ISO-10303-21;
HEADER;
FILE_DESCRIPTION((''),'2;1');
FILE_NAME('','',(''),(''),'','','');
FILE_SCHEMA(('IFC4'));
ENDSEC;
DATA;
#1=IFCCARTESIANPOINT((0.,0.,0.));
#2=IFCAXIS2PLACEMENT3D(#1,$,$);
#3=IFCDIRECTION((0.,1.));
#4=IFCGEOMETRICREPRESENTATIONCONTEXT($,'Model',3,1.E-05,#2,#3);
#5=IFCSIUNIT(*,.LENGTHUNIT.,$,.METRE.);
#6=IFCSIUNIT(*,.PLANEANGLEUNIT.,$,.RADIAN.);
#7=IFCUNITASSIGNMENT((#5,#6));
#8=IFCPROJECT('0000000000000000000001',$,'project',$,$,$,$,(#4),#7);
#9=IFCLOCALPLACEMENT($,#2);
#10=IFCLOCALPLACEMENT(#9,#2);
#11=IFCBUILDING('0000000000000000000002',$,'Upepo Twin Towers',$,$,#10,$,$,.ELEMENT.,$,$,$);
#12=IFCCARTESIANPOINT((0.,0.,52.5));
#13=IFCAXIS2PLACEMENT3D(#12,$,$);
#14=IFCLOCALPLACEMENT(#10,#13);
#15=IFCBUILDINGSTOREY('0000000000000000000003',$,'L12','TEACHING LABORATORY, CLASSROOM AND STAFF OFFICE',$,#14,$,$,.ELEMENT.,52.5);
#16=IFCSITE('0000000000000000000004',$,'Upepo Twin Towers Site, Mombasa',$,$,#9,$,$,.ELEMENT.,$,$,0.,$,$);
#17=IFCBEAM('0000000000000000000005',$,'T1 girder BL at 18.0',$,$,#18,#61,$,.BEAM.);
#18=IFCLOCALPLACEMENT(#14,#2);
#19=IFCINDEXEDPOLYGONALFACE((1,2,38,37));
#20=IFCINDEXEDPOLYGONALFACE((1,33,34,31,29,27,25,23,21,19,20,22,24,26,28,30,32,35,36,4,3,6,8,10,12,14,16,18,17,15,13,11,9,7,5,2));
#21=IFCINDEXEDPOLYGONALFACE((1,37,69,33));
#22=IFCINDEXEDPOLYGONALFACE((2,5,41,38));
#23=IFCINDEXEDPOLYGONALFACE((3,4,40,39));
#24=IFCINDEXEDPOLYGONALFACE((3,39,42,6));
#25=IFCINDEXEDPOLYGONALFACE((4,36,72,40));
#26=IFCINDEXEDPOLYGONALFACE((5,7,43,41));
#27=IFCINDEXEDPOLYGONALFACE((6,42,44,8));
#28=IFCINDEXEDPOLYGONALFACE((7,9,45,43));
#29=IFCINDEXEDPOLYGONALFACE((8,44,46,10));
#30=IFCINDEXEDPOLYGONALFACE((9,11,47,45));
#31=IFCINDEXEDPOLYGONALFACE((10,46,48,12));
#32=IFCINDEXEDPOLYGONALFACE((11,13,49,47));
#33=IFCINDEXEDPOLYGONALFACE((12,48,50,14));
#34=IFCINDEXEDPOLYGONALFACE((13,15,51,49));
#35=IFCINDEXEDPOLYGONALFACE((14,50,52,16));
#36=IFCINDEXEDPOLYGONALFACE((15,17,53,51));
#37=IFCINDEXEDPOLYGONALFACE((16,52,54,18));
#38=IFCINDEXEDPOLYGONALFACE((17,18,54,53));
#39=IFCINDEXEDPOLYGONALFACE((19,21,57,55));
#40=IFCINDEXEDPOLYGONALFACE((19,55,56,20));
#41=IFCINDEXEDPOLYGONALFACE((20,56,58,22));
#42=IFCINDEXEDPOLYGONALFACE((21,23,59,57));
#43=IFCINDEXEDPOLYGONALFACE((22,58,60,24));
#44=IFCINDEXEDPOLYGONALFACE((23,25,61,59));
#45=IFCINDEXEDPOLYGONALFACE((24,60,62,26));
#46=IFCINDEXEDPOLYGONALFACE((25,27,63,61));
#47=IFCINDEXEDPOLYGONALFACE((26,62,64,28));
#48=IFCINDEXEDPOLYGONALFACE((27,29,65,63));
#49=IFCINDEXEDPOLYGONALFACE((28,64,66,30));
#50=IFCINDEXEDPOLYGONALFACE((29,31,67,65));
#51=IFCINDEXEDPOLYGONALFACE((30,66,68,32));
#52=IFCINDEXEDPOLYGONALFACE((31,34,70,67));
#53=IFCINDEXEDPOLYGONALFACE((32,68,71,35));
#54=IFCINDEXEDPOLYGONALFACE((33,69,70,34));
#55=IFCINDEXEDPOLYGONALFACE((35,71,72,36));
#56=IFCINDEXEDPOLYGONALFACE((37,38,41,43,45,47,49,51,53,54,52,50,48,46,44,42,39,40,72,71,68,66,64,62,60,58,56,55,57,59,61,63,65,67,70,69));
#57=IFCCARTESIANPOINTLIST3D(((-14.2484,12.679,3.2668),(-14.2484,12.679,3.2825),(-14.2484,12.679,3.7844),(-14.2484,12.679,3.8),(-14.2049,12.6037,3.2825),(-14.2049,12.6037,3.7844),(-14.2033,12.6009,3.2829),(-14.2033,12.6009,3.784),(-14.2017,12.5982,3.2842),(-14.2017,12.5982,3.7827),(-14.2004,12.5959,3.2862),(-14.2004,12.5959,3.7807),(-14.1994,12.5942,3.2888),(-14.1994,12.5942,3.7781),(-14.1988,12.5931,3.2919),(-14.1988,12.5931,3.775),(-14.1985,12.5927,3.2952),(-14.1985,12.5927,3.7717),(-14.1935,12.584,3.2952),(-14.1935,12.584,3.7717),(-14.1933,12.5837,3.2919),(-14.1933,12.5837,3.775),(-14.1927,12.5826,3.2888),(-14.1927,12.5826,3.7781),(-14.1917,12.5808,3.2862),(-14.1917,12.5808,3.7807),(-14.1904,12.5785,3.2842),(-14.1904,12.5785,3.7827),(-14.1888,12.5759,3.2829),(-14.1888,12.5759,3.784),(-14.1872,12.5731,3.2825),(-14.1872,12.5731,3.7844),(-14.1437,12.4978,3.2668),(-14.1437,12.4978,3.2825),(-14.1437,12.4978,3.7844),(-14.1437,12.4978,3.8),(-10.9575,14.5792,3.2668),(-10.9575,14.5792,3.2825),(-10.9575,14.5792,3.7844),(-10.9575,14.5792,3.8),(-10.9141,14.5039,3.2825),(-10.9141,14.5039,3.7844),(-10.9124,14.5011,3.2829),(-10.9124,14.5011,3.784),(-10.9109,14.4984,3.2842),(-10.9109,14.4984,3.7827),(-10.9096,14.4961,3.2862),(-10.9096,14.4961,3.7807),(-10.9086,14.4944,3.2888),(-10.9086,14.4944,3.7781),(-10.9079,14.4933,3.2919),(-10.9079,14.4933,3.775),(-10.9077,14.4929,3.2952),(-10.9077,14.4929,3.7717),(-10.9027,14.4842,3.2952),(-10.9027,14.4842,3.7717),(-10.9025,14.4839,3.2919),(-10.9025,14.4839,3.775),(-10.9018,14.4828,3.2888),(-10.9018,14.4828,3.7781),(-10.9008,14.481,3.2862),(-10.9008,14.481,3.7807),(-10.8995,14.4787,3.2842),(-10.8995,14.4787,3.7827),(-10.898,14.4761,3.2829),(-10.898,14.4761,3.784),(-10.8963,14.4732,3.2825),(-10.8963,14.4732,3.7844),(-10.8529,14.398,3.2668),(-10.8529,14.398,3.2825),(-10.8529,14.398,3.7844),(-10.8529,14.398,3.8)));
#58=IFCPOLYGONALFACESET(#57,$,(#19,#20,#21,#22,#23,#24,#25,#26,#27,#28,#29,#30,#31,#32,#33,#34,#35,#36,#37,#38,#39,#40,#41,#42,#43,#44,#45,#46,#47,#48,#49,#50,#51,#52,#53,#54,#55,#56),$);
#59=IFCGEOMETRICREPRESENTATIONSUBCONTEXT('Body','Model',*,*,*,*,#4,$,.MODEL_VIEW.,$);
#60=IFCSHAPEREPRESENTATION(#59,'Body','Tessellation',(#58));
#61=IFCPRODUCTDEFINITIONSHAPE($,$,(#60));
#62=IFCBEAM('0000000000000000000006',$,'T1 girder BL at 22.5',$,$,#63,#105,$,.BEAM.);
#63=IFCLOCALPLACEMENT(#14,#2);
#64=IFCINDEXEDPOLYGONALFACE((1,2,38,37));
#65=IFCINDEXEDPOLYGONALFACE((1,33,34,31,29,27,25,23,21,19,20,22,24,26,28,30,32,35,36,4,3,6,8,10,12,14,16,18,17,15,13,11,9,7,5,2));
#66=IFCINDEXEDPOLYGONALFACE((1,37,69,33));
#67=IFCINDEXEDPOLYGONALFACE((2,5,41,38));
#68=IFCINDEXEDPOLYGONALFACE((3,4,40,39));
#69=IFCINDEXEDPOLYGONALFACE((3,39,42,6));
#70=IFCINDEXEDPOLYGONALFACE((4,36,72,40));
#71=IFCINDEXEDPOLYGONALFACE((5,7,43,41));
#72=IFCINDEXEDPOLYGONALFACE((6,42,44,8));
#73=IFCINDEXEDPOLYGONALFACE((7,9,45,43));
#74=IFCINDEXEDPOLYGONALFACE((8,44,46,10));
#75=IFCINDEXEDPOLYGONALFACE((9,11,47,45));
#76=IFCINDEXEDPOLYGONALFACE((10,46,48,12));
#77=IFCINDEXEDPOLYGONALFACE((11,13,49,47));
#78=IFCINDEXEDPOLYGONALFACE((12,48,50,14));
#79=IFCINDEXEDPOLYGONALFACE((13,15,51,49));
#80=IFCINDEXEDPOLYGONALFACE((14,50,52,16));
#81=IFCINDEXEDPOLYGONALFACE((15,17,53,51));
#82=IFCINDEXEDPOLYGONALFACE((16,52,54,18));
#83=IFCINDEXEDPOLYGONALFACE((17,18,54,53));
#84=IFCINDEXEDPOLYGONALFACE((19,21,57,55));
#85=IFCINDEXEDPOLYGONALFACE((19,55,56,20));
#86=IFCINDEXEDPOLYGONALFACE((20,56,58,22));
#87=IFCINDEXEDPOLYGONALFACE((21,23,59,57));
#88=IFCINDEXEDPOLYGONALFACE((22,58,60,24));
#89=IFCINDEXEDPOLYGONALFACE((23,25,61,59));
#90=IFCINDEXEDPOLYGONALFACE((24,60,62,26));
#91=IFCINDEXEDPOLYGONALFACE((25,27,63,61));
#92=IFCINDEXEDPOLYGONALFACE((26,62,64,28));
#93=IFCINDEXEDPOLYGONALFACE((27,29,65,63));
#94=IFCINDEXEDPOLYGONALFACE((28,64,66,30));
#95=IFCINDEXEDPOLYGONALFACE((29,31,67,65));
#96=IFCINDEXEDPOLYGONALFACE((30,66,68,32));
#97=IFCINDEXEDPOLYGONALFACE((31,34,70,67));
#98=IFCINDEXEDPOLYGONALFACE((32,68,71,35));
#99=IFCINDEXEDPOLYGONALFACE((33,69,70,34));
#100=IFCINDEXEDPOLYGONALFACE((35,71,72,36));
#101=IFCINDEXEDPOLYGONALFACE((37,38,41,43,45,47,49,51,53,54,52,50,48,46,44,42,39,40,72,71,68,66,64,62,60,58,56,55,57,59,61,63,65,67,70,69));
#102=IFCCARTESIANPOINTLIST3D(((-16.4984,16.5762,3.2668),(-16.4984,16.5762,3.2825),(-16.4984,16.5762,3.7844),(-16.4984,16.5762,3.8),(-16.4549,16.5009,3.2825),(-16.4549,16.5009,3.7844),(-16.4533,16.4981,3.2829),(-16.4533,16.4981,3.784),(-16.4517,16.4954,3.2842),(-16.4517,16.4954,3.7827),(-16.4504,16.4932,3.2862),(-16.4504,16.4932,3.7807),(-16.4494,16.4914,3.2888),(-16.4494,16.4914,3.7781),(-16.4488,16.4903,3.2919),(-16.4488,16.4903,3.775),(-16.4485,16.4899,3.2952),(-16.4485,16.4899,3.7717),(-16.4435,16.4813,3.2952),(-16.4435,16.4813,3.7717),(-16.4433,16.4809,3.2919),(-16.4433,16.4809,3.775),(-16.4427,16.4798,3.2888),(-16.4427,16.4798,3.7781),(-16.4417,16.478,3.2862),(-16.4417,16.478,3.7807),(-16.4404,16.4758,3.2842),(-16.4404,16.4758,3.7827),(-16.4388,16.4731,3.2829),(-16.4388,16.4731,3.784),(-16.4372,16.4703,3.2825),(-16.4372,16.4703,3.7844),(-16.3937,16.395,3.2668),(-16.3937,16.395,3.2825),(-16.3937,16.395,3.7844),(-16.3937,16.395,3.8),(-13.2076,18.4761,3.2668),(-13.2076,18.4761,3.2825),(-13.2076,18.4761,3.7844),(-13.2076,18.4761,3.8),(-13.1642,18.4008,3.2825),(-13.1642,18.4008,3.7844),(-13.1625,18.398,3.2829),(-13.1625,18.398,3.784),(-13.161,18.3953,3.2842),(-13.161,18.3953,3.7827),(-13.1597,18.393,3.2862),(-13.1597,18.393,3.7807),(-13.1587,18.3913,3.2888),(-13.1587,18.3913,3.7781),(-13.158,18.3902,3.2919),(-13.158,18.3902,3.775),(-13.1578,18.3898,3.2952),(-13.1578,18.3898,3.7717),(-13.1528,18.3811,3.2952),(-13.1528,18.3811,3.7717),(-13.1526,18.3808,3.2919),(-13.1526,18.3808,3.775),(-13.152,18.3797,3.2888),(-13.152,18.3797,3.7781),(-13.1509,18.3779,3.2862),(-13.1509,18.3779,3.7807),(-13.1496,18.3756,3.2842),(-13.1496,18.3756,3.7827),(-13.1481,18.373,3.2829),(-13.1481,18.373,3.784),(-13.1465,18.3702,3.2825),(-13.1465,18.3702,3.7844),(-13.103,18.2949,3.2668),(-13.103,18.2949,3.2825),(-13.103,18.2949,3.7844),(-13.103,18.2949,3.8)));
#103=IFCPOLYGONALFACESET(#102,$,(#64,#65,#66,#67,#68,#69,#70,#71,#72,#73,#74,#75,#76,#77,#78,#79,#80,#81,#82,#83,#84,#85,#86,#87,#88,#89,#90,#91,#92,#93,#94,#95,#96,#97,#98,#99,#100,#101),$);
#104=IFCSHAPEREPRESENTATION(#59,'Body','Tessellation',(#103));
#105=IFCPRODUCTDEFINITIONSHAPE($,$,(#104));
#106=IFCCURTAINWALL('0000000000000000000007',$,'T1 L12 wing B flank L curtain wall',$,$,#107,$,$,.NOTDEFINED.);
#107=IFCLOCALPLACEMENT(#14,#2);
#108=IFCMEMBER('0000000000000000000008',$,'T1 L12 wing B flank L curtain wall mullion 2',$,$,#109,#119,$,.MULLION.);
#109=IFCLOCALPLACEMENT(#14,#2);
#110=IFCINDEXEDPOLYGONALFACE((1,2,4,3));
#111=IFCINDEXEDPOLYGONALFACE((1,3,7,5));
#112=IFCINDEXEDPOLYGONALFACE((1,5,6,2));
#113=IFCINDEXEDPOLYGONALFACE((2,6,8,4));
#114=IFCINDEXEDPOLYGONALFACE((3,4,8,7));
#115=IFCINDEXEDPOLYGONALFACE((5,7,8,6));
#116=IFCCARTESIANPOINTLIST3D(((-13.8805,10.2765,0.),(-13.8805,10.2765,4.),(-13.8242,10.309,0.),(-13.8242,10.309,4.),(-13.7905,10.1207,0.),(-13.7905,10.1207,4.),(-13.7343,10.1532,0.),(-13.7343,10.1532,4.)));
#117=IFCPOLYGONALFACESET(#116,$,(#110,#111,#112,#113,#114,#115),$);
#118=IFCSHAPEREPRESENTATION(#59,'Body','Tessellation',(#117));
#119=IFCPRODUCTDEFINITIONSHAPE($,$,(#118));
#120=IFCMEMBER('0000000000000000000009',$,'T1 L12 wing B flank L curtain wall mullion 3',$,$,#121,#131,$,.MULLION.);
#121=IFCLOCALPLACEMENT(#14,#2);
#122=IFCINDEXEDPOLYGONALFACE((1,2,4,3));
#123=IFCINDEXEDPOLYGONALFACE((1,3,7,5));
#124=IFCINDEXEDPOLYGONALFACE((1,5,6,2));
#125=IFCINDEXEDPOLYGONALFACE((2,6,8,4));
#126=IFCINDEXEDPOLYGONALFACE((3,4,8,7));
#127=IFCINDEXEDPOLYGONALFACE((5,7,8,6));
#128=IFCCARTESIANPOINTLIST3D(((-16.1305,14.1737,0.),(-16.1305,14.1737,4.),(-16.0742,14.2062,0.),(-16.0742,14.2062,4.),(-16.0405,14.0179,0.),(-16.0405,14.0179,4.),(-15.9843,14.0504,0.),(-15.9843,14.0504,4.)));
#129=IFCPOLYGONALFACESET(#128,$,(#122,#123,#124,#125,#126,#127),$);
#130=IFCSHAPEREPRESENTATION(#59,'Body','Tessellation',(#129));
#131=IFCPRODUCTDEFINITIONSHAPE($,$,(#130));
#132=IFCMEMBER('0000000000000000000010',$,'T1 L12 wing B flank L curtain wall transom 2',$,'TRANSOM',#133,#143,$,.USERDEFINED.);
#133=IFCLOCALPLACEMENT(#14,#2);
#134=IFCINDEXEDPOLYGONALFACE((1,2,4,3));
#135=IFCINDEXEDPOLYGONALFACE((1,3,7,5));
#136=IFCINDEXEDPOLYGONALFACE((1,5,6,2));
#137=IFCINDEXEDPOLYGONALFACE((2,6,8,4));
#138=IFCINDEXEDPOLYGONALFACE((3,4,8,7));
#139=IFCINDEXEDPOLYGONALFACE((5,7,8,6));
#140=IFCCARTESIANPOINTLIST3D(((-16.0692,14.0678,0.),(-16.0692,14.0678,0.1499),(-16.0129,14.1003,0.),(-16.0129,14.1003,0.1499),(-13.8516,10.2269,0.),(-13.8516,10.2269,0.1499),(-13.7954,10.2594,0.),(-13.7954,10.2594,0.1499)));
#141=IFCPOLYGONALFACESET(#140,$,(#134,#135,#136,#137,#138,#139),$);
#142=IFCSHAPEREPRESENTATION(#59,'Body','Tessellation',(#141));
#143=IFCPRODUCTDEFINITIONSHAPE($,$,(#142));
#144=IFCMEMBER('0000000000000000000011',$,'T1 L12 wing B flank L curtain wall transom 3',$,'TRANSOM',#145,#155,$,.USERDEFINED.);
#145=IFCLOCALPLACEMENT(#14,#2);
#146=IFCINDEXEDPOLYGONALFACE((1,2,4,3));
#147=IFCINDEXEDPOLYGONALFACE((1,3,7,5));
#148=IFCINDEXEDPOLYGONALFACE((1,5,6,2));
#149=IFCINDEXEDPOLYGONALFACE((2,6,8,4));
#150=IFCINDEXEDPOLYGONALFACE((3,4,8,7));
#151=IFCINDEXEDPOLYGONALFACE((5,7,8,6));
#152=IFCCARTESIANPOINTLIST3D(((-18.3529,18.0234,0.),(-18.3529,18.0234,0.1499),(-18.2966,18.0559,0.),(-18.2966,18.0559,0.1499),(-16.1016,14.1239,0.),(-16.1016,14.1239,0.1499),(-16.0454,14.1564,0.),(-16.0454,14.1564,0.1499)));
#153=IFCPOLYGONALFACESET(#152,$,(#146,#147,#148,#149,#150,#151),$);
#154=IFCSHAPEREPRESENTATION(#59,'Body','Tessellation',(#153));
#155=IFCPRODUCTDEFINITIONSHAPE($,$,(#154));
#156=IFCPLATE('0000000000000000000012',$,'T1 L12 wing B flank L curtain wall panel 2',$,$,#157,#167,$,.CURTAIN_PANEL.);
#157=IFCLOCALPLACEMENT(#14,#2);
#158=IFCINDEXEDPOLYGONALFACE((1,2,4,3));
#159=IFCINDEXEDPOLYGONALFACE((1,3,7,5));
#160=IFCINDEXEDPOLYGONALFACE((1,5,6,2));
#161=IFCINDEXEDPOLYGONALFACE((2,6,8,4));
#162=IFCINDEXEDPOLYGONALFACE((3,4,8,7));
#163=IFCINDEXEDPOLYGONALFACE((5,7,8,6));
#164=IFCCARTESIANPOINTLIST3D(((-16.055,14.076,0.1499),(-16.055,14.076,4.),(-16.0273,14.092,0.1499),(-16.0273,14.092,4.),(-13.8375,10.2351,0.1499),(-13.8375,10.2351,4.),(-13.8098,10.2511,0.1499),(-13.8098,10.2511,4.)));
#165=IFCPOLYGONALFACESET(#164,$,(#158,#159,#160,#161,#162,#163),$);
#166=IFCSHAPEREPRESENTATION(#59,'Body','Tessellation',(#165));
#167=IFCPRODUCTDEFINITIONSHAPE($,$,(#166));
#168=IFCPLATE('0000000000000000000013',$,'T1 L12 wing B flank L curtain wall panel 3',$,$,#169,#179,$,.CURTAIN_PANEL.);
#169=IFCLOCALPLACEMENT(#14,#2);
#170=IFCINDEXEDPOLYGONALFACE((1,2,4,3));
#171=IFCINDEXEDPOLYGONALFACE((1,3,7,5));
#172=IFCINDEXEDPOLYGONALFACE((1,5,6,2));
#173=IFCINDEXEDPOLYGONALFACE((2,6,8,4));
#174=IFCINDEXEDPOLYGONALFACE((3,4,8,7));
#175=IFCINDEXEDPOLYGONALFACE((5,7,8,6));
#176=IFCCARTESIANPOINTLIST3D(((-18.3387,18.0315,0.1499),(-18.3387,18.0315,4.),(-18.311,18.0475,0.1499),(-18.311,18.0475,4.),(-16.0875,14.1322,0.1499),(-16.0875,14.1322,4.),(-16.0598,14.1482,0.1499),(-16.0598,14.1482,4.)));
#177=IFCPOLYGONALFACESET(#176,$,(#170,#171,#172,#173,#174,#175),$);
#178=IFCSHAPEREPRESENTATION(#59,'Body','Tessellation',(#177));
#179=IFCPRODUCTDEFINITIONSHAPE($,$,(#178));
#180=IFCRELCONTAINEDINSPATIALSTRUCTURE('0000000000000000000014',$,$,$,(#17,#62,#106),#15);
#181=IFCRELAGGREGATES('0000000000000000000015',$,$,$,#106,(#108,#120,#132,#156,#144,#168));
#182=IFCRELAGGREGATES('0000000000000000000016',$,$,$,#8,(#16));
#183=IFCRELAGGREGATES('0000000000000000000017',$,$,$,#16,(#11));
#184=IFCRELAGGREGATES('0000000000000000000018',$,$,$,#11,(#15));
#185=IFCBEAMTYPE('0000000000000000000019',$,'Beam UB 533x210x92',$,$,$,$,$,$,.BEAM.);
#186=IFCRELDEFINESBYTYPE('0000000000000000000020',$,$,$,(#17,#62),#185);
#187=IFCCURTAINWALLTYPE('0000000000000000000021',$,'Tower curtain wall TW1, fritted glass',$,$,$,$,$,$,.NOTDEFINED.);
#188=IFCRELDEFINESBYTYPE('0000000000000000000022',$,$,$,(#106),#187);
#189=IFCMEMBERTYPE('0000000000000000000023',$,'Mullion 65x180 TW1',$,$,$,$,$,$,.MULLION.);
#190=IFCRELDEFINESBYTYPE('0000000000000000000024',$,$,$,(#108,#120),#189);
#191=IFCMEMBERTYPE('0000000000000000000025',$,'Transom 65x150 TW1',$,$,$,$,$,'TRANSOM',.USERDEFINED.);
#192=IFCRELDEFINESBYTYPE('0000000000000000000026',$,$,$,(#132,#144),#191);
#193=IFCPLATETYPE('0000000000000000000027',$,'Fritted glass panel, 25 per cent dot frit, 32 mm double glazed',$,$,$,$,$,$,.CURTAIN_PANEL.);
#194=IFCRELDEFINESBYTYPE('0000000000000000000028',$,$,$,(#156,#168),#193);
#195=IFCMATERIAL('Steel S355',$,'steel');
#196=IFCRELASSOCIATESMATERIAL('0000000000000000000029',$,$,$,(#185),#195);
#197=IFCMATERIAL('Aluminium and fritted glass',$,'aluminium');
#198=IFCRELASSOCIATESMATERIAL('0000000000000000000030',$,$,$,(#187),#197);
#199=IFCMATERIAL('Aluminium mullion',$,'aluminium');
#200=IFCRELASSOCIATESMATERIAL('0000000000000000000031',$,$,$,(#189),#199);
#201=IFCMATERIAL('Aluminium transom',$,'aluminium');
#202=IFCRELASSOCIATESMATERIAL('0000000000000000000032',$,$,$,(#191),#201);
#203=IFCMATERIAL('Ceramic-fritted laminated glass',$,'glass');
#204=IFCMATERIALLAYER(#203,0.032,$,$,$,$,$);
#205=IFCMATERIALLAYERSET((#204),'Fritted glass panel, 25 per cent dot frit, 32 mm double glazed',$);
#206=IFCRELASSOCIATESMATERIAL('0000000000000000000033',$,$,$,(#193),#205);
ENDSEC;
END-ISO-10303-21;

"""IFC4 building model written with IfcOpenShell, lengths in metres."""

from ifc_helpers import new_model, si_unit, direction, frame, origin, origin_2d, place, context, subcontext, project, spatial, rectangle, i_section, extrude, material, layer, layer_set, material_profile, profile_set, type_object, element, aggregate, save


model = new_model("IFC4")

# Units and contexts
model_context = context("Model", 3, precision=1e-05, world=origin(), true_north=direction((0.0, 1.0)))
body_context = subcontext(model_context, "Body", "Model", "MODEL_VIEW")
ifc_project = project(units=[si_unit("LENGTHUNIT", "METRE"), si_unit("PLANEANGLEUNIT", "RADIAN")], contexts=[model_context])

# Site, building, storey
site_placement = place(None, origin())
site = spatial("IfcSite", under=ifc_project, at=site_placement, Name="Upepo Twin Towers Site, Mombasa", CompositionType="ELEMENT", RefElevation=0.0)
building_placement = place(site_placement, origin())
building = spatial("IfcBuilding", under=site, at=building_placement, Name="Upepo Twin Towers", CompositionType="ELEMENT")
storey_placement = place(building_placement, frame((0.0, 0.0, 52.5)))
storey = spatial("IfcBuildingStorey", under=building, at=storey_placement, Name="L12", Description="TEACHING LABORATORY, CLASSROOM AND STAFF OFFICE", CompositionType="ELEMENT", Elevation=52.5)

# Beams
ifc_material_1 = material(Name="Steel S355", Category="steel")
ifc_material_profile_1 = material_profile(ifc_material_1, i_section(OverallWidth=0.2092, OverallDepth=0.5332, WebThickness=0.01, FlangeThickness=0.0156, FilletRadius=0.0127, at=origin_2d()), Name="UB 533x210x92")
ifc_profile_set_1 = profile_set([ifc_material_profile_1], Name="Steel S355")
beam_type_1 = type_object("IfcBeamType", Name="Beam UB 533x210x92", PredefinedType="BEAM", material=ifc_profile_set_1)
beam_1_placement = place(storey_placement, frame((-14.196, 12.5884, 3.5334), z_axis=(0.866, 0.500043, 0.0), x_axis=(-0.500043, 0.866, 0.0)))
element("IfcBeam", 1, at=beam_1_placement, inside=storey, type_object=beam_type_1, Name="T1 girder BL at 18.0", PredefinedType="BEAM", context=body_context, shape_type="SweptSolid", body=[
    extrude(i_section(OverallWidth=0.2092, OverallDepth=0.5332, WebThickness=0.01, FlangeThickness=0.0156, FilletRadius=0.0127, at=origin_2d()), origin(), (0.0, 0.0, 1.0), 3.8),
])
beam_2_placement = place(storey_placement, frame((-16.446, 16.4856, 3.5334), z_axis=(0.866028, 0.499995, 0.0), x_axis=(-0.499995, 0.866028, 0.0)))
element("IfcBeam", 2, at=beam_2_placement, inside=storey, type_object=beam_type_1, Name="T1 girder BL at 22.5", PredefinedType="BEAM", context=body_context, shape_type="SweptSolid", body=[
    extrude(i_section(OverallWidth=0.2092, OverallDepth=0.5332, WebThickness=0.01, FlangeThickness=0.0156, FilletRadius=0.0127, at=origin_2d()), origin(), (0.0, 0.0, 1.0), 3.7998),
])

# Curtain wall, members, plates
ifc_material_2 = material(Name="Aluminium and fritted glass", Category="aluminium")
curtain_wall_type = type_object("IfcCurtainWallType", Name="Tower curtain wall TW1, fritted glass", PredefinedType="NOTDEFINED", material=ifc_material_2)
curtain_wall_placement = place(storey_placement, origin())
curtain_wall = element("IfcCurtainWall", 3, at=curtain_wall_placement, inside=storey, type_object=curtain_wall_type, Name="T1 L12 wing B flank L curtain wall", PredefinedType="NOTDEFINED")
ifc_material_3 = material(Name="Aluminium mullion", Category="aluminium")
ifc_material_profile_2 = material_profile(ifc_material_3, rectangle(XDim=0.0649, YDim=0.1799, at=origin_2d()), Name="MULLION 65x180")
ifc_profile_set_2 = profile_set([ifc_material_profile_2], Name="Aluminium mullion")
member_type_1 = type_object("IfcMemberType", Name="Mullion 65x180 TW1", PredefinedType="MULLION", material=ifc_profile_set_2)
member_1_placement = place(storey_placement, frame((-13.8074, 10.2148, 0.0), z_axis=(0.0, 0.0, 1.0), x_axis=(-0.866025, -0.5, 0.0)))
member_1 = element("IfcMember", 4, at=member_1_placement, type_object=member_type_1, Name="T1 L12 wing B flank L curtain wall mullion 2", PredefinedType="MULLION", context=body_context, shape_type="SweptSolid", body=[
    extrude(rectangle(XDim=0.0649, YDim=0.1799, at=origin_2d()), origin(), (0.0, 0.0, 1.0), 4.0),
])
member_2_placement = place(storey_placement, frame((-16.0574, 14.1121, 0.0), z_axis=(0.0, 0.0, 1.0), x_axis=(-0.866025, -0.5, 0.0)))
member_2 = element("IfcMember", 5, at=member_2_placement, type_object=member_type_1, Name="T1 L12 wing B flank L curtain wall mullion 3", PredefinedType="MULLION", context=body_context, shape_type="SweptSolid", body=[
    extrude(rectangle(XDim=0.0649, YDim=0.1799, at=origin_2d()), origin(), (0.0, 0.0, 1.0), 4.0),
])
ifc_material_4 = material(Name="Aluminium transom", Category="aluminium")
ifc_material_profile_3 = material_profile(ifc_material_4, rectangle(XDim=0.0649, YDim=0.1499, at=origin_2d()), Name="TRANSOM 65x150")
ifc_profile_set_3 = profile_set([ifc_material_profile_3], Name="Aluminium transom")
member_type_2 = type_object("IfcMemberType", Name="Transom 65x150 TW1", ElementType="TRANSOM", PredefinedType="USERDEFINED", material=ifc_profile_set_3)
member_3_placement = place(storey_placement, frame((-13.8235, 10.2432, 0.075), z_axis=(-0.500005, 0.866022, 0.0), x_axis=(-0.866022, -0.500005, 0.0)))
member_3 = element("IfcMember", 6, at=member_3_placement, type_object=member_type_2, Name="T1 L12 wing B flank L curtain wall transom 2", ObjectType="TRANSOM", PredefinedType="USERDEFINED", context=body_context, shape_type="SweptSolid", body=[
    extrude(rectangle(XDim=0.0649, YDim=0.1499, at=origin_2d()), origin(), (0.0, 0.0, 1.0), 4.4351),
])
member_4_placement = place(storey_placement, frame((-16.0735, 14.1401, 0.075), z_axis=(-0.499982, 0.866036, 0.0), x_axis=(-0.866036, -0.499982, 0.0)))
member_4 = element("IfcMember", 7, at=member_4_placement, type_object=member_type_2, Name="T1 L12 wing B flank L curtain wall transom 3", ObjectType="TRANSOM", PredefinedType="USERDEFINED", context=body_context, shape_type="SweptSolid", body=[
    extrude(rectangle(XDim=0.0649, YDim=0.1499, at=origin_2d()), origin(), (0.0, 0.0, 1.0), 4.5027),
])
ifc_material_5 = material(Name="Ceramic-fritted laminated glass", Category="glass")
ifc_layer_1 = layer(ifc_material_5, 0.032)
ifc_layer_set_1 = layer_set([ifc_layer_1], Name="Fritted glass panel, 25 per cent dot frit, 32 mm double glazed")
plate_type = type_object("IfcPlateType", Name="Fritted glass panel, 25 per cent dot frit, 32 mm double glazed", PredefinedType="CURTAIN_PANEL", material=ifc_layer_set_1)
plate_1_placement = place(storey_placement, frame((-14.9324, 12.1636, 0.1499), z_axis=(0.0, 0.0, 1.0), x_axis=(-0.5, 0.866025, 0.0)))
plate_1 = element("IfcPlate", 8, at=plate_1_placement, type_object=plate_type, Name="T1 L12 wing B flank L curtain wall panel 2", PredefinedType="CURTAIN_PANEL", context=body_context, shape_type="SweptSolid", body=[
    extrude(rectangle(XDim=4.4351, YDim=0.032, at=origin_2d()), origin(), (0.0, 0.0, 1.0), 3.8501),
])
plate_2_placement = place(storey_placement, frame((-17.1992, 16.0898, 0.1499), z_axis=(0.0, 0.0, 1.0), x_axis=(-0.5, 0.866025, 0.0)))
plate_2 = element("IfcPlate", 9, at=plate_2_placement, type_object=plate_type, Name="T1 L12 wing B flank L curtain wall panel 3", PredefinedType="CURTAIN_PANEL", context=body_context, shape_type="SweptSolid", body=[
    extrude(rectangle(XDim=4.5024, YDim=0.032, at=origin_2d()), origin(), (0.0, 0.0, 1.0), 3.8501),
])
aggregate(curtain_wall, [member_1, member_2, member_3, plate_1, member_4, plate_2])

save(model, "model.ifc")
